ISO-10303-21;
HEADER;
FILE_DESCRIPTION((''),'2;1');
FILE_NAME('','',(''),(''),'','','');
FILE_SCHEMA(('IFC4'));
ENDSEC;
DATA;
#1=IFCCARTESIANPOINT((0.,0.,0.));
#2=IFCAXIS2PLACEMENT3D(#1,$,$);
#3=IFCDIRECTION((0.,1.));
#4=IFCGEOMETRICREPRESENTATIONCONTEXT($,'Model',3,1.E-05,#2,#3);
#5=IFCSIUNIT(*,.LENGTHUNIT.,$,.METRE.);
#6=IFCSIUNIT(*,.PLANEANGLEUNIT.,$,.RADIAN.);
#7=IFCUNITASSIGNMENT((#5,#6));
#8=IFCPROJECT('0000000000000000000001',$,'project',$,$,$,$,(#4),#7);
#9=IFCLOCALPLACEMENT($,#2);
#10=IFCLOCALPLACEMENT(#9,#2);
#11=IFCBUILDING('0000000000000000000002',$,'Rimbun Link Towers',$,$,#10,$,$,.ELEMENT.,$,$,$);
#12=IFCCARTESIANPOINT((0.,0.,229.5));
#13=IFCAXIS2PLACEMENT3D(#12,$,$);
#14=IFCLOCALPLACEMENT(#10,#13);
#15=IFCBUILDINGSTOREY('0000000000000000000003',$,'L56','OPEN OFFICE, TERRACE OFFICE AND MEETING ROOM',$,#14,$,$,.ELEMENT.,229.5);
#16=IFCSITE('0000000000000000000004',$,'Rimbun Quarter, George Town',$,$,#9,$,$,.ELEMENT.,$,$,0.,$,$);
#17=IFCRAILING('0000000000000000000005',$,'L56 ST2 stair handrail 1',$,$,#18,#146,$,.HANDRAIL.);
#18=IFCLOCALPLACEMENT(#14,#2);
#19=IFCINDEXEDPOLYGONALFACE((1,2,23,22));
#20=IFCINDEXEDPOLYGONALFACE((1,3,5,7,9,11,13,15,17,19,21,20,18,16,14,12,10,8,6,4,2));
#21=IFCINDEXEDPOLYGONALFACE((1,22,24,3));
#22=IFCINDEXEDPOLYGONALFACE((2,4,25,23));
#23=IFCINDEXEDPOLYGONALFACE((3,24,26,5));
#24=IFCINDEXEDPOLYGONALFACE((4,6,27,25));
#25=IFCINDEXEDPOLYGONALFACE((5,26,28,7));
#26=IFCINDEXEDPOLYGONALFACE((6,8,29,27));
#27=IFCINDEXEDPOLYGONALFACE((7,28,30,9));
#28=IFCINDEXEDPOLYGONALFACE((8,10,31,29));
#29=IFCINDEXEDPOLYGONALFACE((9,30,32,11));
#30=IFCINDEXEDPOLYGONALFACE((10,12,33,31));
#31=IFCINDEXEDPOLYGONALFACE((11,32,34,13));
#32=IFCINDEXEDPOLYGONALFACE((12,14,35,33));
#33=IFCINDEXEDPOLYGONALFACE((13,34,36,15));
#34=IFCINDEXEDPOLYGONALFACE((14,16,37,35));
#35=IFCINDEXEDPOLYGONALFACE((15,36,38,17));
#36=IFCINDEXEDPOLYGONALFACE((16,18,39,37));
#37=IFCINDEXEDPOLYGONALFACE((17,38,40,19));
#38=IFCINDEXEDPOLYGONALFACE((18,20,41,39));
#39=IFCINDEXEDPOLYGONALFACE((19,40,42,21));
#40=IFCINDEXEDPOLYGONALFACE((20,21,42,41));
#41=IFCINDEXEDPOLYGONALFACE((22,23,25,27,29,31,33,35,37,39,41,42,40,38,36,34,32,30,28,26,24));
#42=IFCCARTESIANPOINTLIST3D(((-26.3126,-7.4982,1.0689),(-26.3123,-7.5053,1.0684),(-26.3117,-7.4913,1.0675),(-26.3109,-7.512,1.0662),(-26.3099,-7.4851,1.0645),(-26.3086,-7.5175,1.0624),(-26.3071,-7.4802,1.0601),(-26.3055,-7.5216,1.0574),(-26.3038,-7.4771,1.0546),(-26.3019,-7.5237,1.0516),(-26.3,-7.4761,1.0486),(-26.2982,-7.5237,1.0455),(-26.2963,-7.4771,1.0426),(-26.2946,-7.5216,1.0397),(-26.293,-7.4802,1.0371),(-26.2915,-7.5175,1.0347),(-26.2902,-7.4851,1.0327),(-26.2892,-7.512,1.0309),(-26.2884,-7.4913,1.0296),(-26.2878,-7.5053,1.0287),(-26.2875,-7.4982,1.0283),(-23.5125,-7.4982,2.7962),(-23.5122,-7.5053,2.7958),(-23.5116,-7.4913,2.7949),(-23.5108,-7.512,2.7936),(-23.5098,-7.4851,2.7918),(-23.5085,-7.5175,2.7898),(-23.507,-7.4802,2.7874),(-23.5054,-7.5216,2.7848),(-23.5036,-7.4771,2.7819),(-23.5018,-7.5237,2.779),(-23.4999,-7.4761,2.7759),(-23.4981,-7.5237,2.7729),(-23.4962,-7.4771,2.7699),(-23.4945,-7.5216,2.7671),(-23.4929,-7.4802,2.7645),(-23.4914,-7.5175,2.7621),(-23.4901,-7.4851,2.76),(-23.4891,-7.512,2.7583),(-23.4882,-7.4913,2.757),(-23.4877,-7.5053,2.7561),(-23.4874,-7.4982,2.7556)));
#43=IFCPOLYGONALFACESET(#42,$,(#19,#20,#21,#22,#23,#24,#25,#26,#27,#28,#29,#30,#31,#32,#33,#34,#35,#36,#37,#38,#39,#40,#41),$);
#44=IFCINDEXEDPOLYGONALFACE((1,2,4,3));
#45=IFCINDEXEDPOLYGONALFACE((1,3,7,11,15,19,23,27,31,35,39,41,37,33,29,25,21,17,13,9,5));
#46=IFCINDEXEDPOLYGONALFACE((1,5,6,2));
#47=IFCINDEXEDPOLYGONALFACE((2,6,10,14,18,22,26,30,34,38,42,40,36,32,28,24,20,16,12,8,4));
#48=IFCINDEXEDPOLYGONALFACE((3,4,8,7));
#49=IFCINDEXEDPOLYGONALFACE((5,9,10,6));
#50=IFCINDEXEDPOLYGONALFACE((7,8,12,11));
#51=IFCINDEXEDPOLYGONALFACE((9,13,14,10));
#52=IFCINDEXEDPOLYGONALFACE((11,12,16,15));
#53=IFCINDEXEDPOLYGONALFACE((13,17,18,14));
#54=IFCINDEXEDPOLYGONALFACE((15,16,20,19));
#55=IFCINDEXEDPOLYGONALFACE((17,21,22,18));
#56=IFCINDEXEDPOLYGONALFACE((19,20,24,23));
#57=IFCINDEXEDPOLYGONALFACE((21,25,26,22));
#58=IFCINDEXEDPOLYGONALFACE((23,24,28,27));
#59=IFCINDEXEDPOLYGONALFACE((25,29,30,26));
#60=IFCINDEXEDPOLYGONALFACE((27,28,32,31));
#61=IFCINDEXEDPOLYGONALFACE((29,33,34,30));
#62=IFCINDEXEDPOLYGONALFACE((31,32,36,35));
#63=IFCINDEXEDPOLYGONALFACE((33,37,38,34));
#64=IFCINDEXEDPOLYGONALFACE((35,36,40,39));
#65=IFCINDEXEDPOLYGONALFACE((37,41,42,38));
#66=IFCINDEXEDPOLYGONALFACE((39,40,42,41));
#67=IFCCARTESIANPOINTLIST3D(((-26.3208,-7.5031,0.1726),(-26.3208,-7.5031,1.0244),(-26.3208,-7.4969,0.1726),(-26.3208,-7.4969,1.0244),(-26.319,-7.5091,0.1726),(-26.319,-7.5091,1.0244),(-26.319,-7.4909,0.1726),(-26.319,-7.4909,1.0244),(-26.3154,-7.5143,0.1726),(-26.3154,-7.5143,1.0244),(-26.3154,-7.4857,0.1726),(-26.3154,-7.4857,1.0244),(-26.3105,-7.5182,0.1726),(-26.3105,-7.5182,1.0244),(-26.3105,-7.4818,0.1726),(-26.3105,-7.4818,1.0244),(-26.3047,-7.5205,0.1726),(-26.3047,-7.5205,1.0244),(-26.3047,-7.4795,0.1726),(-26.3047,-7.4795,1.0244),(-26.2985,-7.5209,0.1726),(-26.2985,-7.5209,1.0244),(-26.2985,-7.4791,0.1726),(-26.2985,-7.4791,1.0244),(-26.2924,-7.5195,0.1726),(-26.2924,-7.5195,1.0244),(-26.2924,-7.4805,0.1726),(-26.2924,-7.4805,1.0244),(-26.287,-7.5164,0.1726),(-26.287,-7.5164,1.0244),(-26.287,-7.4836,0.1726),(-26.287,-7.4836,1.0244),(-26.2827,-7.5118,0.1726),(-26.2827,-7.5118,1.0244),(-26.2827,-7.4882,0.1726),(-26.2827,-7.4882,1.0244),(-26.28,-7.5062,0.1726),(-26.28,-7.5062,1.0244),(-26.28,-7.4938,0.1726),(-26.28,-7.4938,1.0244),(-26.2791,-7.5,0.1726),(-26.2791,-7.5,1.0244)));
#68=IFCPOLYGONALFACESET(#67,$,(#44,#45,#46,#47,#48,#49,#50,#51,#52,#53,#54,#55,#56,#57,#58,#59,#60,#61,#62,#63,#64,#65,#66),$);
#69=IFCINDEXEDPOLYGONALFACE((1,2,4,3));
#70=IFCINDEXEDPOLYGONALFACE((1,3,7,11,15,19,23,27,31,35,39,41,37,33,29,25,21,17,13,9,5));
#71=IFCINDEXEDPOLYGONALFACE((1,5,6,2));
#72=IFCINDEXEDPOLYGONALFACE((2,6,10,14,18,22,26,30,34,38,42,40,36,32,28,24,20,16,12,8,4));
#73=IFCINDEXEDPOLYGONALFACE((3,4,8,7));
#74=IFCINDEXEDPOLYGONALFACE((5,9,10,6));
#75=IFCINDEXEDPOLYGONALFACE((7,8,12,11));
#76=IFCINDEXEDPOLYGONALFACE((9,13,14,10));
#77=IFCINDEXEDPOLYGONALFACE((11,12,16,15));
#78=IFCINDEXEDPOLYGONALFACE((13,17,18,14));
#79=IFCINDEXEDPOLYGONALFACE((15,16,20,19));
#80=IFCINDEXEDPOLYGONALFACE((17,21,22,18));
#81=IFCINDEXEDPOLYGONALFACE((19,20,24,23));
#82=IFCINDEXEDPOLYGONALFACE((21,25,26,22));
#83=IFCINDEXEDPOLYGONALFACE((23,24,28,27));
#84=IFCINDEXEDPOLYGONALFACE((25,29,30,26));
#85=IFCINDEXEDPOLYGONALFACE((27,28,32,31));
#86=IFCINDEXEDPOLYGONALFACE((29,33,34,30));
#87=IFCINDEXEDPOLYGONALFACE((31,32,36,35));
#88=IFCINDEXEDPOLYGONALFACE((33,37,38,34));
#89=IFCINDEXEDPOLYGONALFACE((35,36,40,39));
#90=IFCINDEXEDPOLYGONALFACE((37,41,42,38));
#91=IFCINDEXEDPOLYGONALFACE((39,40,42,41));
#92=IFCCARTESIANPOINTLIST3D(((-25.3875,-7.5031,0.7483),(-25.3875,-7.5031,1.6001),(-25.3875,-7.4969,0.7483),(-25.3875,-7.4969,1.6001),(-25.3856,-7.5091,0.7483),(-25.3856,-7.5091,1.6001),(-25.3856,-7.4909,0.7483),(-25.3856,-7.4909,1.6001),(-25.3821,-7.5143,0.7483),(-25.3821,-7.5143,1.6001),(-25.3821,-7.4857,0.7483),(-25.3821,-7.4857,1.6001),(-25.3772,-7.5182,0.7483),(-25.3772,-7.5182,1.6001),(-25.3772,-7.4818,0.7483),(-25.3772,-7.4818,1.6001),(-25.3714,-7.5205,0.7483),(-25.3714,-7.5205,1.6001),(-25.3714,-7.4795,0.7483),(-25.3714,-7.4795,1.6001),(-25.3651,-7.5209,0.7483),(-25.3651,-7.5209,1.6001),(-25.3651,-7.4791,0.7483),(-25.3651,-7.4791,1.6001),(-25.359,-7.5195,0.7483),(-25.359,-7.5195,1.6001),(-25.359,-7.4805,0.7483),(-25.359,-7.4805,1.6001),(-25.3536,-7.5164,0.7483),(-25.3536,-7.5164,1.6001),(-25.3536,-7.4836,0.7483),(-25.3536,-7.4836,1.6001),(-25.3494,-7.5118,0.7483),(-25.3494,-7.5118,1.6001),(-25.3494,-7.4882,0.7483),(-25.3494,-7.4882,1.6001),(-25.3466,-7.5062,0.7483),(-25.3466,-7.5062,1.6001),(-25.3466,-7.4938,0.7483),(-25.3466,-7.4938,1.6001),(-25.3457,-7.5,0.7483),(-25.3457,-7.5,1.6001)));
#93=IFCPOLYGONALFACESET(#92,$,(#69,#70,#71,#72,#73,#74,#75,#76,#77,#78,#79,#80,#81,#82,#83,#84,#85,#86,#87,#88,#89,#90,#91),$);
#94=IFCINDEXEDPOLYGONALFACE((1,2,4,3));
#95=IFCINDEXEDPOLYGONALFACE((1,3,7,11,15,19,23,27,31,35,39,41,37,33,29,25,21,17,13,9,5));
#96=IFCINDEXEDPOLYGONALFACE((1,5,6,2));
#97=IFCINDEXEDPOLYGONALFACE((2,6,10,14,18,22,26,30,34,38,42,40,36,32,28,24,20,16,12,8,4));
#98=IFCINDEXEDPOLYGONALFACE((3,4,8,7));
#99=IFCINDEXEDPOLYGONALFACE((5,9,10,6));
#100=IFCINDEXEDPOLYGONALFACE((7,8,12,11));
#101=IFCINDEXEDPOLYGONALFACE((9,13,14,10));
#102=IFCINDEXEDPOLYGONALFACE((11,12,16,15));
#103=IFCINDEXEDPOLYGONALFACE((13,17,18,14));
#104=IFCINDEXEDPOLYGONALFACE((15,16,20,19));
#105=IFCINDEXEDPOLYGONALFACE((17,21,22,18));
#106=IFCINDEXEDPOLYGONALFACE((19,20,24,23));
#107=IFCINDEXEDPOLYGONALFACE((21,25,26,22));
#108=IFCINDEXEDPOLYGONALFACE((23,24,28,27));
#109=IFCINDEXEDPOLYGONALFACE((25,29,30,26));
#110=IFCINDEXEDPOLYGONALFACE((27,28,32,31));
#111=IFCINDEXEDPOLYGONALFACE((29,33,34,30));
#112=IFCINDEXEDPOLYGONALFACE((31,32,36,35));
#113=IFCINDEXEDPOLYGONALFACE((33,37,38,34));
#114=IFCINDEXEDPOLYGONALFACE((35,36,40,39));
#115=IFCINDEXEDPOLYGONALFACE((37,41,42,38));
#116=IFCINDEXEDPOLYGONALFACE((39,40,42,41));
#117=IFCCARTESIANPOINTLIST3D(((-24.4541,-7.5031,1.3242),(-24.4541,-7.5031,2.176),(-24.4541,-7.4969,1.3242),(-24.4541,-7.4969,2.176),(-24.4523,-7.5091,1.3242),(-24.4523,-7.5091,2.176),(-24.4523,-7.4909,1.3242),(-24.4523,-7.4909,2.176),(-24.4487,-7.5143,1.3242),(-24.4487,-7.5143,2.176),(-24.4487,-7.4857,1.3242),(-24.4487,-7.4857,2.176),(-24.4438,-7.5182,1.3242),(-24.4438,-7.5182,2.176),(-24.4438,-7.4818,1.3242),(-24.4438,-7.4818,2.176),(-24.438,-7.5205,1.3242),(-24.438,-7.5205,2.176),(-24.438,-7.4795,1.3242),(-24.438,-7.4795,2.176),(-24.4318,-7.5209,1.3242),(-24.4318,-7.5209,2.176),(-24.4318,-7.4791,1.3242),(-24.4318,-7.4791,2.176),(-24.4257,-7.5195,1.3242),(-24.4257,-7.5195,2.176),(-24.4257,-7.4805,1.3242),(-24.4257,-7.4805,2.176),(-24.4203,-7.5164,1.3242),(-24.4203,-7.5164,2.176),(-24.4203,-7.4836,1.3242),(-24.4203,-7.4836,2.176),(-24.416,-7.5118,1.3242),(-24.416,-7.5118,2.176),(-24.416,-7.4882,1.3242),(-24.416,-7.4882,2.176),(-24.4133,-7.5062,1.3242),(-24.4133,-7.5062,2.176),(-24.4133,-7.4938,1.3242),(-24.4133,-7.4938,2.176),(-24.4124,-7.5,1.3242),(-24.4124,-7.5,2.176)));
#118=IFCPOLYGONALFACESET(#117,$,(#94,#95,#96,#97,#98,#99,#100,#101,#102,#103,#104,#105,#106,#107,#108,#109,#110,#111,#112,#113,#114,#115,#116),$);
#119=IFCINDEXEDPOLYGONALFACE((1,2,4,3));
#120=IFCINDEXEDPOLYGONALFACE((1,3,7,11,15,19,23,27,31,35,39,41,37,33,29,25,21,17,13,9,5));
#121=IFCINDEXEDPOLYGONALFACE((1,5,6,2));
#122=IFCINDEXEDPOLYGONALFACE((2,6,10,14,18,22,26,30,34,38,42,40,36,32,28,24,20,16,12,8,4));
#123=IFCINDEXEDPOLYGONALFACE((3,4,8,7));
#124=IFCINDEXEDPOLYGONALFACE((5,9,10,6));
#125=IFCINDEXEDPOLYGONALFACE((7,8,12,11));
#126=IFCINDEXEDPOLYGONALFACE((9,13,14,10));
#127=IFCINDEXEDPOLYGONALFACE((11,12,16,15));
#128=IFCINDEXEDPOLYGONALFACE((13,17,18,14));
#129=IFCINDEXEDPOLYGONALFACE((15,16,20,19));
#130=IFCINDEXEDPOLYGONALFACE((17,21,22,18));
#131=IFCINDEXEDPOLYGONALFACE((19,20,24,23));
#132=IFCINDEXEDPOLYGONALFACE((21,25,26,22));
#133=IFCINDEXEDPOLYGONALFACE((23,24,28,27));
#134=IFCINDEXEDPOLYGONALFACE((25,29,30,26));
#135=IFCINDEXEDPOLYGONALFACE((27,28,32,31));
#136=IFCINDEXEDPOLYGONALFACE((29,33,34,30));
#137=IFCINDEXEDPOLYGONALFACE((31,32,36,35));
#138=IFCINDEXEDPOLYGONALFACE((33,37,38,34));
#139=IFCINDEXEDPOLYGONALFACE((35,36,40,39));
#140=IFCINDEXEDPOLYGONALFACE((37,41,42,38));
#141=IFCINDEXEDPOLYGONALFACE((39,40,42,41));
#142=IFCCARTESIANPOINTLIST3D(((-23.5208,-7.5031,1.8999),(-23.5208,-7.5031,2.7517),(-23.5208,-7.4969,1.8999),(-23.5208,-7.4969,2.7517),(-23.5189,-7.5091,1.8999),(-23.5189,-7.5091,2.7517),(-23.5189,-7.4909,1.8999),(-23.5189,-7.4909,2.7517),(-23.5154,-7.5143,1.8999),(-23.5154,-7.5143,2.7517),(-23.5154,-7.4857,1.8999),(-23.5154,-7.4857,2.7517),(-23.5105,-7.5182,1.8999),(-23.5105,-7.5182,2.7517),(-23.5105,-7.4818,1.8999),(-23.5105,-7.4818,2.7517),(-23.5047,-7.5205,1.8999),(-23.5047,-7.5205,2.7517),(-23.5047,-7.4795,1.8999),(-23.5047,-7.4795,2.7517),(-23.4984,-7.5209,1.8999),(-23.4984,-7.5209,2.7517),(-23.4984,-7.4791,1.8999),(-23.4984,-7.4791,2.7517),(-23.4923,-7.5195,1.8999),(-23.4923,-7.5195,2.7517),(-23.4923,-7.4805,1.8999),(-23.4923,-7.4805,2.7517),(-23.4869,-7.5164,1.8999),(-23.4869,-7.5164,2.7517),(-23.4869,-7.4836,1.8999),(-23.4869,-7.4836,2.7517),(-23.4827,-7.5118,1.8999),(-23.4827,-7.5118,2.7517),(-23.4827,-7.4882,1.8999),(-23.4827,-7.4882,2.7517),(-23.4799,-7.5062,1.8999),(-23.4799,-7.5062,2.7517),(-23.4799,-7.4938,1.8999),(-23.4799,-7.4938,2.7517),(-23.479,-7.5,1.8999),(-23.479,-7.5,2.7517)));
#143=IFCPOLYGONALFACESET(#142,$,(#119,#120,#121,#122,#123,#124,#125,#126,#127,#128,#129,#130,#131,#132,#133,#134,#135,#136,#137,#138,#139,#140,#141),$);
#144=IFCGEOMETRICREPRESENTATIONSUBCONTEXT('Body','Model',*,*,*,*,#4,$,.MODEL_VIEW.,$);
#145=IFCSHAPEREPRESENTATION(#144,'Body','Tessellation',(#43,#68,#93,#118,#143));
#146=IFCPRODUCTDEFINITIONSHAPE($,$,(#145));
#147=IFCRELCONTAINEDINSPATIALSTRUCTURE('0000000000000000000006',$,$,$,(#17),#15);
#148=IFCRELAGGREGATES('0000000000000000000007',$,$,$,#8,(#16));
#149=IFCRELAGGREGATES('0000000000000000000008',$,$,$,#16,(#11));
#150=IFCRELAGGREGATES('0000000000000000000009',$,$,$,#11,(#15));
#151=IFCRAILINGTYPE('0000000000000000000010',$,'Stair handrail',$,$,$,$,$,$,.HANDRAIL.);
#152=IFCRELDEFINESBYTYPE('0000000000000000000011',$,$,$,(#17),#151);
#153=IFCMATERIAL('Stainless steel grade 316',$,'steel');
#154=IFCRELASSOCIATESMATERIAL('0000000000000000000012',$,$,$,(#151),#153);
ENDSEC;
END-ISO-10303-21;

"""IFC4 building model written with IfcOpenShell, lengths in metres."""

from ifc_helpers import new_model, si_unit, direction, frame, origin, origin_2d, place, context, subcontext, project, spatial, circle, extrude, material, type_object, element, save


model = new_model("IFC4")

# Units and contexts
model_context = context("Model", 3, precision=1e-05, world=origin(), true_north=direction((0.0, 1.0)))
body_context = subcontext(model_context, "Body", "Model", "MODEL_VIEW")
ifc_project = project(units=[si_unit("LENGTHUNIT", "METRE"), si_unit("PLANEANGLEUNIT", "RADIAN")], contexts=[model_context])

# Site, building, storey
site_placement = place(None, origin())
site = spatial("IfcSite", under=ifc_project, at=site_placement, Name="Rimbun Quarter, George Town", CompositionType="ELEMENT", RefElevation=0.0)
building_placement = place(site_placement, origin())
building = spatial("IfcBuilding", under=site, at=building_placement, Name="Rimbun Link Towers", CompositionType="ELEMENT")
storey_placement = place(building_placement, frame((0.0, 0.0, 229.5)))
storey = spatial("IfcBuildingStorey", under=building, at=storey_placement, Name="L56", Description="OPEN OFFICE, TERRACE OFFICE AND MEETING ROOM", CompositionType="ELEMENT", Elevation=229.5)

# Railing
ifc_material_1 = material(Name="Stainless steel grade 316", Category="steel")
railing_type_1 = type_object("IfcRailingType", Name="Stair handrail", PredefinedType="HANDRAIL", material=ifc_material_1)
railing_1_placement = place(storey_placement, frame((-26.3, -7.5, 0.1726)))
element("IfcRailing", 1, at=railing_1_placement, inside=storey, type_object=railing_type_1, Name="L56 ST2 stair handrail 1", PredefinedType="HANDRAIL", context=body_context, shape_type="SweptSolid", body=[
    extrude(circle(Radius=0.0239, at=origin_2d()), frame((0.0, 0.0, 0.876), z_axis=(0.85109, 0.0, 0.52502), x_axis=(0.0, 1.0, 0.0)), (0.0, 0.0, 1.0), 3.29),
    extrude(circle(Radius=0.021, at=origin_2d()), origin(), (0.0, 0.0, 1.0), 0.8518),
    extrude(circle(Radius=0.021, at=origin_2d()), frame((0.9333, 0.0, 0.5757)), (0.0, 0.0, 1.0), 0.8518),
    extrude(circle(Radius=0.021, at=origin_2d()), frame((1.8667, 0.0, 1.1516)), (0.0, 0.0, 1.0), 0.8518),
    extrude(circle(Radius=0.021, at=origin_2d()), frame((2.8, 0.0, 1.7273)), (0.0, 0.0, 1.0), 0.8518),
])

save(model, "model.ifc")
